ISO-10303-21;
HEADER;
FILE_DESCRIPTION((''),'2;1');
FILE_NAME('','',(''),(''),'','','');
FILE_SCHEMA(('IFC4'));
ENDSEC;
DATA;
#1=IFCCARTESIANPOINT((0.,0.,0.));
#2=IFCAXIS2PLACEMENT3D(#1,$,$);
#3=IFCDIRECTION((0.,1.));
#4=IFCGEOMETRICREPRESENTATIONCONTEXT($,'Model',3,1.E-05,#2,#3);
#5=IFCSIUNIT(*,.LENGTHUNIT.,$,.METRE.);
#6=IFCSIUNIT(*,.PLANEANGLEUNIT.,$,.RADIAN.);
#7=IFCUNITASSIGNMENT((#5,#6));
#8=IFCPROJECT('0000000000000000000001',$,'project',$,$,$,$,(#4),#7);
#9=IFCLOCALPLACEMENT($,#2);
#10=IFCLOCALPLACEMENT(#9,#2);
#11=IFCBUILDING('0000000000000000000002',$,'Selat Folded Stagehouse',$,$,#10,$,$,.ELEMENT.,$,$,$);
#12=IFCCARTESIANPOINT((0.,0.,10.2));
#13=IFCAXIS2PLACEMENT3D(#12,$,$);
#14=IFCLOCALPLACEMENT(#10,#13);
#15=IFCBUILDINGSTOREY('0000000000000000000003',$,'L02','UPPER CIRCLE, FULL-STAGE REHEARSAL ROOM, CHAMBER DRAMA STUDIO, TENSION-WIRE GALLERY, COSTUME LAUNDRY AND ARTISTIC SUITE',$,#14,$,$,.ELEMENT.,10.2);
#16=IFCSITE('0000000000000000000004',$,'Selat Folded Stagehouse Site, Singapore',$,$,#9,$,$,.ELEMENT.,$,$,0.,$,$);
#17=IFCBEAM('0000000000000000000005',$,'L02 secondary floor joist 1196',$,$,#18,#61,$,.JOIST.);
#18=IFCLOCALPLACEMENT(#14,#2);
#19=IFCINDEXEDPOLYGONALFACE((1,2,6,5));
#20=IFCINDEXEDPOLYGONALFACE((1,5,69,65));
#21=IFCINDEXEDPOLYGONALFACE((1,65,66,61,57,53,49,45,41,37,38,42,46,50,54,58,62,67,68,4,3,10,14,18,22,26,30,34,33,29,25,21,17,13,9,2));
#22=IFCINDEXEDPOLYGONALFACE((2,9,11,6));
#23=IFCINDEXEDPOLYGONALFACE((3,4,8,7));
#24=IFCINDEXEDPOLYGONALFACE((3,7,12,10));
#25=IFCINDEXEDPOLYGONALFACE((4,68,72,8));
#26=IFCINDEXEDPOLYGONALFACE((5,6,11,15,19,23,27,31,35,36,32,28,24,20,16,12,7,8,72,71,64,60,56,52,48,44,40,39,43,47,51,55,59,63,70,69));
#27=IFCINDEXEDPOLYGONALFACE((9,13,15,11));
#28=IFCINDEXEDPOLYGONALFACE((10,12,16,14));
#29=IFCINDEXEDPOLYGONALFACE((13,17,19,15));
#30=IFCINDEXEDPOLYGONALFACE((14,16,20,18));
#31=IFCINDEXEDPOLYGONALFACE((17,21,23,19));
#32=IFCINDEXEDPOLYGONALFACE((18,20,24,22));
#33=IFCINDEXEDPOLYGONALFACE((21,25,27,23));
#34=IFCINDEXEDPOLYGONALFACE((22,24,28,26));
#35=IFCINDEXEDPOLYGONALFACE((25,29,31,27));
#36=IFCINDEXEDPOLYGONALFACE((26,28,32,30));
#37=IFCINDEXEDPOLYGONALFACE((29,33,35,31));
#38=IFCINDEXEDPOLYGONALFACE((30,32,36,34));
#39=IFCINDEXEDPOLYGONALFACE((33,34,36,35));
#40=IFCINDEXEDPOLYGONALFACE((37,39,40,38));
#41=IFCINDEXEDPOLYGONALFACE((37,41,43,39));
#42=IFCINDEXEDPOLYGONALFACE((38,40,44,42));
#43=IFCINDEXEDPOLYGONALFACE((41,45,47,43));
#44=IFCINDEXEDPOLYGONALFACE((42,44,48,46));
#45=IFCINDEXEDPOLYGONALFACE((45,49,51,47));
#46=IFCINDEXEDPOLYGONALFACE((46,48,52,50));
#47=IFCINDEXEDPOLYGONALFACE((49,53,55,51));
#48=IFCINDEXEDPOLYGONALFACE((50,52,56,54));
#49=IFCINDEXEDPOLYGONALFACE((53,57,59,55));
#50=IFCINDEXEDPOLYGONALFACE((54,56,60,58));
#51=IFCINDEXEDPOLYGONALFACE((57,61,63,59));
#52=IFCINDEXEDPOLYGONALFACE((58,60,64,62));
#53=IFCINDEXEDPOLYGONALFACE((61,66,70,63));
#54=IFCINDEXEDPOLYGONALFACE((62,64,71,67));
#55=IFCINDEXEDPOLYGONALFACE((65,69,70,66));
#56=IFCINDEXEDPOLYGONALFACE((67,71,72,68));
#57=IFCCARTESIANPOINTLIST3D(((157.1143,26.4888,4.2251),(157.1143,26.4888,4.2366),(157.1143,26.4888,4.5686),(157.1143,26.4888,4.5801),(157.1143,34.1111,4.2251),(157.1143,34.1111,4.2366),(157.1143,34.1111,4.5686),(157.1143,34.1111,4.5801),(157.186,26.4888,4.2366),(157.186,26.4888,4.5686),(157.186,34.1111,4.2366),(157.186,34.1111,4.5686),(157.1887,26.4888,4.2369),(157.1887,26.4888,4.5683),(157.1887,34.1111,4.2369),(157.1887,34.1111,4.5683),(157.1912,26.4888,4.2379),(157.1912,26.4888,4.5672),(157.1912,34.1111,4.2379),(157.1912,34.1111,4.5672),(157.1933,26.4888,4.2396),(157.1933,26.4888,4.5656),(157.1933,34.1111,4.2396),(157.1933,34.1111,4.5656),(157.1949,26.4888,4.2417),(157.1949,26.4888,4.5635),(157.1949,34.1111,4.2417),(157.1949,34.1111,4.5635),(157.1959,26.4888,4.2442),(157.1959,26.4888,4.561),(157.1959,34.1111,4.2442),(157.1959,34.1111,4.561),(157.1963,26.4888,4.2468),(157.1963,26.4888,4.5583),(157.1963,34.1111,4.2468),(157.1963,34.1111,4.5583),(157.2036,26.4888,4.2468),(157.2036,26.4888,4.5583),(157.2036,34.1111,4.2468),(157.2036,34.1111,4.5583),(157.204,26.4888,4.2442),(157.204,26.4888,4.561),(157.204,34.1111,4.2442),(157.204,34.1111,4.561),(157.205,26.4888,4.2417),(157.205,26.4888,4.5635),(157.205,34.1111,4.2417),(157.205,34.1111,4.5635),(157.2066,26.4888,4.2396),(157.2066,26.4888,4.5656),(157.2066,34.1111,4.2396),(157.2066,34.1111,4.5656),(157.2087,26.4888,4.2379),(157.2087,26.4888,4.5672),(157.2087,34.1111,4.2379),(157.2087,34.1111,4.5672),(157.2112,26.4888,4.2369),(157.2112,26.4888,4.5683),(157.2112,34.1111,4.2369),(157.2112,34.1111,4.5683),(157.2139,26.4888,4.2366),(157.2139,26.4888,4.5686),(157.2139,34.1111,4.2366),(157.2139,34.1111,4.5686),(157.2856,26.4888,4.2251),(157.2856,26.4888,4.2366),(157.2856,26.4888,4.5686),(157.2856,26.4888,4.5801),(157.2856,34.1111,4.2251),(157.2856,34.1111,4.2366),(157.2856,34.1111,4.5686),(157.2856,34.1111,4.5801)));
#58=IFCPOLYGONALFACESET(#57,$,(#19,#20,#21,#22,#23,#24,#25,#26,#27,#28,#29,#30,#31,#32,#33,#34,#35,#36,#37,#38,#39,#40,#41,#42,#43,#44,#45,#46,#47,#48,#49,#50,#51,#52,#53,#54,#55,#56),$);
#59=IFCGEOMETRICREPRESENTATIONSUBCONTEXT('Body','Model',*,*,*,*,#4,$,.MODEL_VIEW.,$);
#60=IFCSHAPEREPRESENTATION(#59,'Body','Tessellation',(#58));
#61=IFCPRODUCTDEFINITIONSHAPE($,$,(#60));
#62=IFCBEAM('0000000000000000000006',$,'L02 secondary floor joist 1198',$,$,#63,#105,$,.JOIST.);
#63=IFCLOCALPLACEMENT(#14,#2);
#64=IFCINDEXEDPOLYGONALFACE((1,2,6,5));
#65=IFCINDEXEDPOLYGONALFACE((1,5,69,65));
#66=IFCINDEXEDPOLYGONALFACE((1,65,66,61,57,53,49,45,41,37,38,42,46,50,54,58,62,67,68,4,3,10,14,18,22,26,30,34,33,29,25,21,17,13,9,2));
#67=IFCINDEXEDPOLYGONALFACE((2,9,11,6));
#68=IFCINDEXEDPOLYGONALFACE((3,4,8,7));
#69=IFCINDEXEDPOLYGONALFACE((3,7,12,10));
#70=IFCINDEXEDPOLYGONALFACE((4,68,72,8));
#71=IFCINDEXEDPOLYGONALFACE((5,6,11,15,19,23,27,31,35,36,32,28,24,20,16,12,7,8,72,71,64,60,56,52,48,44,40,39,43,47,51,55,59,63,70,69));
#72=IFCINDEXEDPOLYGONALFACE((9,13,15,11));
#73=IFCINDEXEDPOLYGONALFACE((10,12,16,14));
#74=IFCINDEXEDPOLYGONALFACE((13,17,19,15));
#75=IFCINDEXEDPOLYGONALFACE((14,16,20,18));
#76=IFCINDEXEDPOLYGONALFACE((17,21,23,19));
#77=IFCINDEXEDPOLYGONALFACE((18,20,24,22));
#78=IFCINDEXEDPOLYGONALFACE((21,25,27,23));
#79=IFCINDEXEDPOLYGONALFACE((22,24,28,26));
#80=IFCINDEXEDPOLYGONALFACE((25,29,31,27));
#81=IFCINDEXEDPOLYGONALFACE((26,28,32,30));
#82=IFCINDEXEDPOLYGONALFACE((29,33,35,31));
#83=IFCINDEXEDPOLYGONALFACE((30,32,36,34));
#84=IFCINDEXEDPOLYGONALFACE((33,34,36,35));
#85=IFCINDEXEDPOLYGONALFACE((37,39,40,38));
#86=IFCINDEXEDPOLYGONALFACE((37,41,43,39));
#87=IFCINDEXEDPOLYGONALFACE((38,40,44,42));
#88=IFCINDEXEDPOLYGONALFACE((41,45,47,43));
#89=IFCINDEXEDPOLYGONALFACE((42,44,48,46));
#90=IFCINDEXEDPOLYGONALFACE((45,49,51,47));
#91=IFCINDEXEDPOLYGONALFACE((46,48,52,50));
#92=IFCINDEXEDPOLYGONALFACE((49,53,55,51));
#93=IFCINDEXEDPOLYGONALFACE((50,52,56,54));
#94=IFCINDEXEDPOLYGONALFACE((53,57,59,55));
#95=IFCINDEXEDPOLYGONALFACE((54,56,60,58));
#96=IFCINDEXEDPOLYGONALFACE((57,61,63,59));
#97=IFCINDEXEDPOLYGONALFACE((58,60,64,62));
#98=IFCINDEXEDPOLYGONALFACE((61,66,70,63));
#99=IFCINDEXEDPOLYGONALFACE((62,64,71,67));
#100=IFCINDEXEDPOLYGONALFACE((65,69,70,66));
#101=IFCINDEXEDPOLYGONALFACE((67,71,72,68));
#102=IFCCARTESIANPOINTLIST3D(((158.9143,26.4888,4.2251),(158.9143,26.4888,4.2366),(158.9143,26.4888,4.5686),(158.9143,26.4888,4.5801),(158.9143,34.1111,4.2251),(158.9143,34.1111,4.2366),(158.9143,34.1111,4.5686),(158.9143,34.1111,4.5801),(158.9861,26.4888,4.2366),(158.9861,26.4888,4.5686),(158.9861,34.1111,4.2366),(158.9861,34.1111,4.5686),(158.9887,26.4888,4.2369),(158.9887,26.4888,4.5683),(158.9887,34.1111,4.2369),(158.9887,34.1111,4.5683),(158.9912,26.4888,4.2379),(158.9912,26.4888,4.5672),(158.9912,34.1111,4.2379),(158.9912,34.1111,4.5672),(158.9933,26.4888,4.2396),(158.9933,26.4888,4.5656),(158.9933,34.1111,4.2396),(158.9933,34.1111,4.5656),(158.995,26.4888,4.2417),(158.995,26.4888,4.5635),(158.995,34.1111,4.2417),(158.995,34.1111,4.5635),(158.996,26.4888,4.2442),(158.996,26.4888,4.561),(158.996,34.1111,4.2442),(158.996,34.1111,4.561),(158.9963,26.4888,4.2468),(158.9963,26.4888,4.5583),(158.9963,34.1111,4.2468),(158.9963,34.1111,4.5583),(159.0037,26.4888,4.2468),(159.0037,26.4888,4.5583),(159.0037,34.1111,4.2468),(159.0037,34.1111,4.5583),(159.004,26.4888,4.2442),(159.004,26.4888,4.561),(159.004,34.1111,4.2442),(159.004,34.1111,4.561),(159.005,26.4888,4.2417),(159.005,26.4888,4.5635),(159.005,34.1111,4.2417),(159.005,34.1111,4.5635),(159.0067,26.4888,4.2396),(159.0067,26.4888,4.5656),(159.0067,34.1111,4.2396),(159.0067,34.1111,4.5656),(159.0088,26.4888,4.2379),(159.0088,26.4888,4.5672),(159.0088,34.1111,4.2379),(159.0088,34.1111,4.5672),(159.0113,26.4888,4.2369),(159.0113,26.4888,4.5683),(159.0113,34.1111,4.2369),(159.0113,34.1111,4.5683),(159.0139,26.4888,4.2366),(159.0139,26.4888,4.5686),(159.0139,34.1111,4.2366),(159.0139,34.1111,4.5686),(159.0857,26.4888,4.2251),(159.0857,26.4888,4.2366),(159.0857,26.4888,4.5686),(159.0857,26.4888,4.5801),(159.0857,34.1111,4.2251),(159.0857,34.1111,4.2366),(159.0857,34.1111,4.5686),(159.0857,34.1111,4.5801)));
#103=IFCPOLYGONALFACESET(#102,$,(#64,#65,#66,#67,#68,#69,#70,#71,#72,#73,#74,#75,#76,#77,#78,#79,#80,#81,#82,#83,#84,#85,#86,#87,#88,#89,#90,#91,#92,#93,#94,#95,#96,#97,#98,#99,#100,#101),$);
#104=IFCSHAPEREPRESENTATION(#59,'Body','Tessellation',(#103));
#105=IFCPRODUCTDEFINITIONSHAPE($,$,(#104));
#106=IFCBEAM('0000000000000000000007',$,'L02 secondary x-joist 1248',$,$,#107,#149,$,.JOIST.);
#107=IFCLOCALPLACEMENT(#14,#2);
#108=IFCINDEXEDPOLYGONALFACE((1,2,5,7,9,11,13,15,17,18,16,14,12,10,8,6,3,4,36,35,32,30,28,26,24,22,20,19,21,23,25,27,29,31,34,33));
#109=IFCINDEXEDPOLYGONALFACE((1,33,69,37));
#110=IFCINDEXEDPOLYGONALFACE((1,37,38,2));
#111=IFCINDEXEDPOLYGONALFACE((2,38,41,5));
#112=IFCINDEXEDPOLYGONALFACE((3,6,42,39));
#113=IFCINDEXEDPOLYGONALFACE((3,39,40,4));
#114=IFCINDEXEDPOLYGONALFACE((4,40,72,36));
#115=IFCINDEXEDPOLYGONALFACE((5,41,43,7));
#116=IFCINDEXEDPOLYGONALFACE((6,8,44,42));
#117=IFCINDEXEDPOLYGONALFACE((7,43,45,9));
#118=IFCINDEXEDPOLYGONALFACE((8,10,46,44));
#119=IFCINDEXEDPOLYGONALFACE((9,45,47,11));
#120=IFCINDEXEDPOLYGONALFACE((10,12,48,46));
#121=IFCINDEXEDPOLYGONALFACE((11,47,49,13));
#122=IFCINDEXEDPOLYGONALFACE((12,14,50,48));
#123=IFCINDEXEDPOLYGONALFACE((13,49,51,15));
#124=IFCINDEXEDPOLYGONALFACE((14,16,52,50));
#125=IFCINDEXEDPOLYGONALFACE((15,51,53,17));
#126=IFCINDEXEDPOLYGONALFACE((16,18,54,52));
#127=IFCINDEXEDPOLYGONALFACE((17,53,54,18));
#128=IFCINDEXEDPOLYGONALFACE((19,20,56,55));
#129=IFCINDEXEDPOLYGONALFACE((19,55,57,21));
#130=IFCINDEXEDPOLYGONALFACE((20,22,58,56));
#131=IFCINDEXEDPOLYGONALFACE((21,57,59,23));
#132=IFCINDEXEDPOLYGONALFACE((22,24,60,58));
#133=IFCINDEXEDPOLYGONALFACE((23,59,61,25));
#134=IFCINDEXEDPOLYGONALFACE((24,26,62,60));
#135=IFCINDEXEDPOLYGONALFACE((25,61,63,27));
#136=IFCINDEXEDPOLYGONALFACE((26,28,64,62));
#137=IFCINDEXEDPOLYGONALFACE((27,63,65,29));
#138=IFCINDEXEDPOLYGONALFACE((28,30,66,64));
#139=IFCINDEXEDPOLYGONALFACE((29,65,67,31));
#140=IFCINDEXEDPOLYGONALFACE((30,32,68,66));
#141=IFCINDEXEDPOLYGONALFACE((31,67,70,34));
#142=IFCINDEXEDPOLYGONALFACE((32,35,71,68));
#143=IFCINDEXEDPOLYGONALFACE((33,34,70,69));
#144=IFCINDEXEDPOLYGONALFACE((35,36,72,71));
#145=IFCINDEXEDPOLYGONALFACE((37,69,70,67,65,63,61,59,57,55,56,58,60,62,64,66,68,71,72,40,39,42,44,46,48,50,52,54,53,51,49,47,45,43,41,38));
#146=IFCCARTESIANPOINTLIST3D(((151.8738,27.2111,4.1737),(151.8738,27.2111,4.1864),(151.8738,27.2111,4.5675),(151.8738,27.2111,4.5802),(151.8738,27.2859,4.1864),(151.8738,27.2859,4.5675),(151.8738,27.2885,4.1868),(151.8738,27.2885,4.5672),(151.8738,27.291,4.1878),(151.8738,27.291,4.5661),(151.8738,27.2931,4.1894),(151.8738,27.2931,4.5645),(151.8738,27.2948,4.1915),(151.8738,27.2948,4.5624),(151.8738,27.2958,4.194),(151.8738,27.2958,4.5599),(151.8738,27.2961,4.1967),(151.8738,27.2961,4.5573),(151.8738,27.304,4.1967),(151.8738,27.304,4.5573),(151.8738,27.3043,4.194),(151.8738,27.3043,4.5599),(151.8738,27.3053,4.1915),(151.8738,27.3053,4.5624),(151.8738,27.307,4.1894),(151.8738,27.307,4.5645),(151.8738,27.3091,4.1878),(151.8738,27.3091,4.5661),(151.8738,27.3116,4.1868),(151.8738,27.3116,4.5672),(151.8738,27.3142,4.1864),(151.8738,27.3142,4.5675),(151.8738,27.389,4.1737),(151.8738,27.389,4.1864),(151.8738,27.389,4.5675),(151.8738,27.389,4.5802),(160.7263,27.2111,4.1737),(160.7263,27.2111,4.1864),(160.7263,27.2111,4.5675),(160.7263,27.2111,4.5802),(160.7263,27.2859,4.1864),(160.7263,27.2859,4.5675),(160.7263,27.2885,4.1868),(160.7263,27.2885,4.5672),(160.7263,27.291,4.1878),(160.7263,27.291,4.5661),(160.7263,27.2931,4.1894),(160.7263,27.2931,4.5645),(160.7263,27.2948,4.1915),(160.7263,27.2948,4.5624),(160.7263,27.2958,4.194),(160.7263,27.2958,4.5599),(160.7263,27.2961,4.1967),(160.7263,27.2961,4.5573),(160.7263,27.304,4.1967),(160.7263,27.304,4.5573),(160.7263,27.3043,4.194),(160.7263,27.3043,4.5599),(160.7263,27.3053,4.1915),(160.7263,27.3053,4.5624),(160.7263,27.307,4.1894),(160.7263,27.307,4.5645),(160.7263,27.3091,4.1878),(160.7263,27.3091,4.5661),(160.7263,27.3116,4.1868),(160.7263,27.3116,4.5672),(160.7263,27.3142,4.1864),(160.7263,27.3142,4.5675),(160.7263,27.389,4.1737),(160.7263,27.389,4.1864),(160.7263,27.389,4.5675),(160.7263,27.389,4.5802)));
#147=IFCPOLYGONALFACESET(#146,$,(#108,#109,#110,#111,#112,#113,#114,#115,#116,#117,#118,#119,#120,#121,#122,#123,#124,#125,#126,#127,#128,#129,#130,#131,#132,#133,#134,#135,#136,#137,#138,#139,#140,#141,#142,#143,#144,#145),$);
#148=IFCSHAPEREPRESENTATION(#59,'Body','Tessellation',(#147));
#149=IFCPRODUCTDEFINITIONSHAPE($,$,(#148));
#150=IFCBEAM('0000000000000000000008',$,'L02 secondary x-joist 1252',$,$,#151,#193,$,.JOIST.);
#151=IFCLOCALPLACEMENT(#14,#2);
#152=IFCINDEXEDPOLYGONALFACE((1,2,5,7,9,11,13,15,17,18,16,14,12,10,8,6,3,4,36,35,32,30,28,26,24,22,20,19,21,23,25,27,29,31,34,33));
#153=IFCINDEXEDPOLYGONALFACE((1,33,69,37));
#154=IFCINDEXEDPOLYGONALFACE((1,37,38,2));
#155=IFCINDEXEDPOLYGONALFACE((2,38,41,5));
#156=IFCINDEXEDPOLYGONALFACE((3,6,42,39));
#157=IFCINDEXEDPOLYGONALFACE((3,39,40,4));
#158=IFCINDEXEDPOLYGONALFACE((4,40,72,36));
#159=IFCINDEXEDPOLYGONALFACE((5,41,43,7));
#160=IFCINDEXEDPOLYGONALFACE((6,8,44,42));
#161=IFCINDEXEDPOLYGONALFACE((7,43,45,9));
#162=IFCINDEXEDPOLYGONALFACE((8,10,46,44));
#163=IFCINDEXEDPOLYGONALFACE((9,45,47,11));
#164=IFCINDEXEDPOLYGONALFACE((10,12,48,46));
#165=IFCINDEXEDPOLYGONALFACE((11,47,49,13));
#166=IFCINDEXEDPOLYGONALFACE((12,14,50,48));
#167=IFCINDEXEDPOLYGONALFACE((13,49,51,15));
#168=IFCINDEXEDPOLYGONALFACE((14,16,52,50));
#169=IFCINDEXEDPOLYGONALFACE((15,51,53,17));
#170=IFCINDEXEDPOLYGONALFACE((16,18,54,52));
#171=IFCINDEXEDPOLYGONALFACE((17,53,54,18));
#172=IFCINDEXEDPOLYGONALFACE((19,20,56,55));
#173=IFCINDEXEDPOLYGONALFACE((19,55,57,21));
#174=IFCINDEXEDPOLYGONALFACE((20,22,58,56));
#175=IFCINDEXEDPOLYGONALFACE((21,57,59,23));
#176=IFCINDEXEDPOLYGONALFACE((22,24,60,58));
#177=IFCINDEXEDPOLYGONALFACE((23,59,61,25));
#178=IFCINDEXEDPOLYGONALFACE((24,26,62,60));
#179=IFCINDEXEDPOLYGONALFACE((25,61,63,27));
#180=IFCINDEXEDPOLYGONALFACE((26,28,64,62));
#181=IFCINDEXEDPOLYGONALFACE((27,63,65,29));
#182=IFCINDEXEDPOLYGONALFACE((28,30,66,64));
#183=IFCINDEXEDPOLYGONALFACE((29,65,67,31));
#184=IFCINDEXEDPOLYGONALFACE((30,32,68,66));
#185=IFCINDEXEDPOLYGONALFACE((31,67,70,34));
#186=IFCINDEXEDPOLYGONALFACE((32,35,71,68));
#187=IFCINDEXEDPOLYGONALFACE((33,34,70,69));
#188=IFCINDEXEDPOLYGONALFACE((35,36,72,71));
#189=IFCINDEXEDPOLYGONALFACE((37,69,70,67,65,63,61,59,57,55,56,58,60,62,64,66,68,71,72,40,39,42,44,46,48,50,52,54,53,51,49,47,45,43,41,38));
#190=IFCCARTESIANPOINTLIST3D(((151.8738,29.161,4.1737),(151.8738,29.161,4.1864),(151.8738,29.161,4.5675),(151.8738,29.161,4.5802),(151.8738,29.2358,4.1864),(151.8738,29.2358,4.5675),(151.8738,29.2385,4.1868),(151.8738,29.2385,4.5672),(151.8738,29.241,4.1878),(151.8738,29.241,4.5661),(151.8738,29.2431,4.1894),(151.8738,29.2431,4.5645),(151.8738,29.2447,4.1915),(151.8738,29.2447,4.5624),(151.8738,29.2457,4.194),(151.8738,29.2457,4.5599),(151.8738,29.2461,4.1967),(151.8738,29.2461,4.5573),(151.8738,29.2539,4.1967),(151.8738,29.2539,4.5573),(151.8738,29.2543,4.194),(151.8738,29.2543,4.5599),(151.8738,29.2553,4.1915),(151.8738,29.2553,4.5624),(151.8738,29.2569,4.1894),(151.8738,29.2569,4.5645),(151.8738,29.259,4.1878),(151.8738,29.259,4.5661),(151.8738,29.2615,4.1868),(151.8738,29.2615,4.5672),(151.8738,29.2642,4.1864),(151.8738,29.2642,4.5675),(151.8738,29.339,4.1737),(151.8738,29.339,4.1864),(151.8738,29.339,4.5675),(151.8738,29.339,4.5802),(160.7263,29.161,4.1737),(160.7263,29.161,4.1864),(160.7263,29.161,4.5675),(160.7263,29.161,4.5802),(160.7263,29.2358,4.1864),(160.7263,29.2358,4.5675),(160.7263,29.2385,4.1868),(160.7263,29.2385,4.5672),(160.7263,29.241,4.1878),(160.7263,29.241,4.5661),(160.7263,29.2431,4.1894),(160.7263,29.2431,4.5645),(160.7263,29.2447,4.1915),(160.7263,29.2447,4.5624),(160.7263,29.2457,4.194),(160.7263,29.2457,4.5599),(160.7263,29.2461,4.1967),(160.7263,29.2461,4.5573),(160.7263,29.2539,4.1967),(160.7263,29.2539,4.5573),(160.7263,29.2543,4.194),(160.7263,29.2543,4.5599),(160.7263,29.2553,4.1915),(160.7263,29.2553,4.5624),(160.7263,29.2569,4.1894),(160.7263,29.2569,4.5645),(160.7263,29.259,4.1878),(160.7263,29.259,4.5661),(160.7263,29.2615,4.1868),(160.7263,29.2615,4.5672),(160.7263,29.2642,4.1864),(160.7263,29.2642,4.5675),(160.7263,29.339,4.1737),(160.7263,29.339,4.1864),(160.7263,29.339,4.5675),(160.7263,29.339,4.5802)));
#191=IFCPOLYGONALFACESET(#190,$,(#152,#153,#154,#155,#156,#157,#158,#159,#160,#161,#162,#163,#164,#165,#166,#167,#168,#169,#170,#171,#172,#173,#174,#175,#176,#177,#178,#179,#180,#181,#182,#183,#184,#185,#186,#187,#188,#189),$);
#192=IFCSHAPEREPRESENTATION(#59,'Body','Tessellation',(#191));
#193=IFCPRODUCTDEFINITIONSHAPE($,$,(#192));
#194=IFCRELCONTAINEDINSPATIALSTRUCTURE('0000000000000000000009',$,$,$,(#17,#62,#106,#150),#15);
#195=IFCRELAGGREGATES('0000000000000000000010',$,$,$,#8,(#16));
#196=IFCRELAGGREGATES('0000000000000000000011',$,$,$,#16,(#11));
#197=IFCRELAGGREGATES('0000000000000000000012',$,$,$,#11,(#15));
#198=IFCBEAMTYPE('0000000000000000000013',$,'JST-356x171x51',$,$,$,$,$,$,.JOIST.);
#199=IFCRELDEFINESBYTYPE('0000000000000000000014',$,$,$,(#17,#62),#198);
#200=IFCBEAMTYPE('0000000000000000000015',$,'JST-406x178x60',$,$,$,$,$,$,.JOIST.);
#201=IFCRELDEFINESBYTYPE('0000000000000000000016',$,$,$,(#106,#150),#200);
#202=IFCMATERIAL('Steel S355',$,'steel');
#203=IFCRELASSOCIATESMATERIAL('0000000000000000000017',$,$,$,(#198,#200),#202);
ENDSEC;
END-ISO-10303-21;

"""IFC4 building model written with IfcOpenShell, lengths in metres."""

from ifc_helpers import new_model, si_unit, direction, frame, origin, origin_2d, place, context, subcontext, project, spatial, i_section, extrude, material, material_profile, profile_set, type_object, element, save


model = new_model("IFC4")

# Units and contexts
model_context = context("Model", 3, precision=1e-05, world=origin(), true_north=direction((0.0, 1.0)))
body_context = subcontext(model_context, "Body", "Model", "MODEL_VIEW")
ifc_project = project(units=[si_unit("LENGTHUNIT", "METRE"), si_unit("PLANEANGLEUNIT", "RADIAN")], contexts=[model_context])

# Site, building, storey
site_placement = place(None, origin())
site = spatial("IfcSite", under=ifc_project, at=site_placement, Name="Selat Folded Stagehouse Site, Singapore", CompositionType="ELEMENT", RefElevation=0.0)
building_placement = place(site_placement, origin())
building = spatial("IfcBuilding", under=site, at=building_placement, Name="Selat Folded Stagehouse", CompositionType="ELEMENT")
storey_placement = place(building_placement, frame((0.0, 0.0, 10.2)))
storey = spatial("IfcBuildingStorey", under=building, at=storey_placement, Name="L02", Description="UPPER CIRCLE, FULL-STAGE REHEARSAL ROOM, CHAMBER DRAMA STUDIO, TENSION-WIRE GALLERY, COSTUME LAUNDRY AND ARTISTIC SUITE", CompositionType="ELEMENT", Elevation=10.2)

# Shared definitions
ifc_material_1 = material(Name="Steel S355", Category="steel")

# Beams
ifc_material_profile_1 = material_profile(ifc_material_1, i_section(OverallWidth=0.1714, OverallDepth=0.355, WebThickness=0.0073, FlangeThickness=0.0115, FilletRadius=0.0103, at=origin_2d()), Name="UKB 356x171x51")
ifc_profile_set_1 = profile_set([ifc_material_profile_1], Name="Steel S355")
beam_type_1 = type_object("IfcBeamType", Name="JST-356x171x51", PredefinedType="JOIST", material=ifc_profile_set_1)
for number, where, z_axis, x_axis, name in (
    (1, (157.2, 26.4888, 4.4026), (0.0, 1.0, 0.0), (-1.0, 0.0, 0.0), "L02 secondary floor joist 1196"),
    (2, (159.0, 26.4888, 4.4026), (0.0, 1.0, 0.0), (-1.0, 0.0, 0.0), "L02 secondary floor joist 1198"),
):
    element("IfcBeam", number, at=place(storey_placement, frame(where, z_axis=z_axis, x_axis=x_axis)), inside=storey, type_object=beam_type_1, Name=name, PredefinedType="JOIST", context=body_context, shape_type="SweptSolid", body=[
        extrude(i_section(OverallWidth=0.1714, OverallDepth=0.355, WebThickness=0.0073, FlangeThickness=0.0115, FilletRadius=0.0103, at=origin_2d()), origin(), (0.0, 0.0, 1.0), 7.6223),
    ])
ifc_material_profile_2 = material_profile(ifc_material_1, i_section(OverallWidth=0.178, OverallDepth=0.4065, WebThickness=0.0078, FlangeThickness=0.0127, FilletRadius=0.0103, at=origin_2d()), Name="UKB 406x178x60")
ifc_profile_set_2 = profile_set([ifc_material_profile_2], Name="Steel S355")
beam_type_2 = type_object("IfcBeamType", Name="JST-406x178x60", PredefinedType="JOIST", material=ifc_profile_set_2)
for number, where, z_axis, x_axis, name in (
    (3, (151.8738, 27.3, 4.377), (1.0, 0.0, 0.0), (0.0, 1.0, 0.0), "L02 secondary x-joist 1248"),
    (4, (151.8738, 29.25, 4.377), (1.0, 0.0, 0.0), (0.0, 1.0, 0.0), "L02 secondary x-joist 1252"),
):
    element("IfcBeam", number, at=place(storey_placement, frame(where, z_axis=z_axis, x_axis=x_axis)), inside=storey, type_object=beam_type_2, Name=name, PredefinedType="JOIST", context=body_context, shape_type="SweptSolid", body=[
        extrude(i_section(OverallWidth=0.178, OverallDepth=0.4065, WebThickness=0.0078, FlangeThickness=0.0127, FilletRadius=0.0103, at=origin_2d()), origin(), (0.0, 0.0, 1.0), 8.8525),
    ])

save(model, "model.ifc")
